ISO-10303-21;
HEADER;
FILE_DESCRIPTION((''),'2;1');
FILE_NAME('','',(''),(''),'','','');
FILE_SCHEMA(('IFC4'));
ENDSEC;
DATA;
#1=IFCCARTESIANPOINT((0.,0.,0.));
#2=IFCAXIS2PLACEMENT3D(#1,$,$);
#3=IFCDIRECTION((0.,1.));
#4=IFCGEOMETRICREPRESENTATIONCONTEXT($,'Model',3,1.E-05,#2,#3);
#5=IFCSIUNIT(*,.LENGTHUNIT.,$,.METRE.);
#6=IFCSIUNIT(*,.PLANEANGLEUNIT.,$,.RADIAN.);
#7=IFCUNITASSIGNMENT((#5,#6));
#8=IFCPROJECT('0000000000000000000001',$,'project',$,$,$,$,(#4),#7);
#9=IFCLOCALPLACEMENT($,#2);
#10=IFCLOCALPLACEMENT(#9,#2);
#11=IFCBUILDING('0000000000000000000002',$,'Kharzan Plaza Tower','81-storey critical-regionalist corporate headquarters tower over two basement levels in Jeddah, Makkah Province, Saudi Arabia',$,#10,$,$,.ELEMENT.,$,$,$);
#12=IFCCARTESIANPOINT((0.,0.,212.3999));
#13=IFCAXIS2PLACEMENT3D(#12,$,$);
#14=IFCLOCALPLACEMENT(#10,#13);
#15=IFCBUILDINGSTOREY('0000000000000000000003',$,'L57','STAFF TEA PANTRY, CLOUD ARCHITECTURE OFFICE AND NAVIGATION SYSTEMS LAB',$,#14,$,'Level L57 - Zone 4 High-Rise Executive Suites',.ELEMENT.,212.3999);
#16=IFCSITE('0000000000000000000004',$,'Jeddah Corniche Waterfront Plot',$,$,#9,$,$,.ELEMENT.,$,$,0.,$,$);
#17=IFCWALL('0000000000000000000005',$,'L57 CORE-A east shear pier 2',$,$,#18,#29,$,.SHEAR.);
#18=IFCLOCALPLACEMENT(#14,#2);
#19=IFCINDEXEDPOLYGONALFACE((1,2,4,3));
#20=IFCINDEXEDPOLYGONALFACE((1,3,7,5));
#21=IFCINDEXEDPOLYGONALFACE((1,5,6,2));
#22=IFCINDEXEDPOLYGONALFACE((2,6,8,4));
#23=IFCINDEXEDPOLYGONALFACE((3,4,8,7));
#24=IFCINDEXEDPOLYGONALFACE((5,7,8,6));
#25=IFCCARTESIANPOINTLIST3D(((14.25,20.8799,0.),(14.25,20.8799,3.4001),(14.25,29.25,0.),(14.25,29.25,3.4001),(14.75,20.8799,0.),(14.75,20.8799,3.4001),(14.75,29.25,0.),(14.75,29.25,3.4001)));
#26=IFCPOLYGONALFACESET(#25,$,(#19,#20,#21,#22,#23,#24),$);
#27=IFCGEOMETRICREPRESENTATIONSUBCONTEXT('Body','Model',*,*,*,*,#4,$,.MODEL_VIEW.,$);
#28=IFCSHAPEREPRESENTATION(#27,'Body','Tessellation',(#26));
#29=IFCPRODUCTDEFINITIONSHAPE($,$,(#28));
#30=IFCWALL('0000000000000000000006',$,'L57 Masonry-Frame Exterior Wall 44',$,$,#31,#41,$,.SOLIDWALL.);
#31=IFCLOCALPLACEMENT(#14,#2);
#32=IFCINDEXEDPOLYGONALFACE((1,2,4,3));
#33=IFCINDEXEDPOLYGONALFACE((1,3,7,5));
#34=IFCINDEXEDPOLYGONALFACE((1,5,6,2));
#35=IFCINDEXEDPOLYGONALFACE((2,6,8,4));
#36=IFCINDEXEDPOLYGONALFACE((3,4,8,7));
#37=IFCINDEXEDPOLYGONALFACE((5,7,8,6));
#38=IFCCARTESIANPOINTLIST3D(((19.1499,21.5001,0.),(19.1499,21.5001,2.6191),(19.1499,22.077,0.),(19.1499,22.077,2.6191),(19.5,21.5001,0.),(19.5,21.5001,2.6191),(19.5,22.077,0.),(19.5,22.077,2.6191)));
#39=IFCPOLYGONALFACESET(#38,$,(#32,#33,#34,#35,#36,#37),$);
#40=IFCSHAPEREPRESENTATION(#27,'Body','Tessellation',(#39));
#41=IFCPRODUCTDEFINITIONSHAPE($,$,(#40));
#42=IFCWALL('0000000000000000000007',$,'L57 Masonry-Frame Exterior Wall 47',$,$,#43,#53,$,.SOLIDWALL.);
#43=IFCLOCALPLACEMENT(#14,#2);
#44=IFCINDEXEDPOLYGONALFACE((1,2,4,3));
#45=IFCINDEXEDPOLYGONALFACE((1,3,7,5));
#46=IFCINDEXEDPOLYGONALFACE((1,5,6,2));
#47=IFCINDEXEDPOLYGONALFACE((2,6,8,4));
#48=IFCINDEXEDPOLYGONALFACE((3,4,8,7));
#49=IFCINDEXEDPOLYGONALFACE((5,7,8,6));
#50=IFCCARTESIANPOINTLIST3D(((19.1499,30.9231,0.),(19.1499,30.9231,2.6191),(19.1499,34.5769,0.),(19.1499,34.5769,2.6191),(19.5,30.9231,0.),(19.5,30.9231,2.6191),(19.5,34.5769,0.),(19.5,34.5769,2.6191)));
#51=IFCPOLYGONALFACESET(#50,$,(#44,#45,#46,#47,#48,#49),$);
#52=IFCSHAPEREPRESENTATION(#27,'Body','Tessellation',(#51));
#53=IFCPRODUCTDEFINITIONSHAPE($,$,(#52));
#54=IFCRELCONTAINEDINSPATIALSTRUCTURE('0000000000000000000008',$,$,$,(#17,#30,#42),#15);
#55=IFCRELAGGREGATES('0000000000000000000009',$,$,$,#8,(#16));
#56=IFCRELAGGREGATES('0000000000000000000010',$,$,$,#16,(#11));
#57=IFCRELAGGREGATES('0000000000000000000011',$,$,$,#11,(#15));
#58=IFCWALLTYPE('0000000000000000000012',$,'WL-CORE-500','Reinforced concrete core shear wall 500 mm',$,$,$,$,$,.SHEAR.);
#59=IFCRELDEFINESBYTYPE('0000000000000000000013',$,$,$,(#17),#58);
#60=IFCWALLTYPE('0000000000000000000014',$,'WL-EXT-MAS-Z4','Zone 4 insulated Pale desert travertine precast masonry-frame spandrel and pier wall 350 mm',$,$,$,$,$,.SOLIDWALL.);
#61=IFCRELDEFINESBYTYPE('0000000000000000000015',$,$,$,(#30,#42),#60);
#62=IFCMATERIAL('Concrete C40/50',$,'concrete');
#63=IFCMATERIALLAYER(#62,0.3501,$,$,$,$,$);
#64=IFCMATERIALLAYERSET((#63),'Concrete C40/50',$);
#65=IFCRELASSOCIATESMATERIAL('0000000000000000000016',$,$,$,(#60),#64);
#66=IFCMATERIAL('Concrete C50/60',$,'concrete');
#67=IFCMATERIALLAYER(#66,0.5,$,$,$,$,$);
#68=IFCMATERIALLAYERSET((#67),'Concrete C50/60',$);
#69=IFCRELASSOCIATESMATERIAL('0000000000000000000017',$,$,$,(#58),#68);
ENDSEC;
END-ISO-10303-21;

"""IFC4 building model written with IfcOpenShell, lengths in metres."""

from ifc_helpers import new_model, si_unit, direction, frame, frame_2d, origin, place, context, subcontext, project, spatial, rectangle, extrude, source, transform, mapped, material, layer, layer_set, type_object, element, save


model = new_model("IFC4")

# Units and contexts
model_context = context("Model", 3, precision=1e-05, world=origin(), true_north=direction((0.0, 1.0)))
body_context = subcontext(model_context, "Body", "Model", "MODEL_VIEW")
ifc_project = project(units=[si_unit("LENGTHUNIT", "METRE"), si_unit("PLANEANGLEUNIT", "RADIAN")], contexts=[model_context])

# Site, building, storey
site_placement = place(None, origin())
site = spatial("IfcSite", under=ifc_project, at=site_placement, Name="Jeddah Corniche Waterfront Plot", CompositionType="ELEMENT", RefElevation=0.0)
building_placement = place(site_placement, origin())
building = spatial("IfcBuilding", under=site, at=building_placement, Name="Kharzan Plaza Tower", Description="81-storey critical-regionalist corporate headquarters tower over two basement levels in Jeddah, Makkah Province, Saudi Arabia", CompositionType="ELEMENT")
storey_placement = place(building_placement, frame((0.0, 0.0, 212.3999)))
storey = spatial("IfcBuildingStorey", under=building, at=storey_placement, Name="L57", Description="STAFF TEA PANTRY, CLOUD ARCHITECTURE OFFICE AND NAVIGATION SYSTEMS LAB", LongName="Level L57 - Zone 4 High-Rise Executive Suites", CompositionType="ELEMENT", Elevation=212.3999)

# Shared definitions
ifc_material_1 = material(Name="Concrete C50/60", Category="concrete")

# Shared definitions
ifc_material_2 = material(Name="Concrete C40/50", Category="concrete")
ifc_layer_1 = layer(ifc_material_2, 0.3501)
ifc_layer_set_1 = layer_set([ifc_layer_1], Name="Concrete C40/50")
wall_type_1 = type_object("IfcWallType", Name="WL-EXT-MAS-Z4", Description="Zone 4 insulated Pale desert travertine precast masonry-frame spandrel and pier wall 350 mm", PredefinedType="SOLIDWALL", material=ifc_layer_set_1)

# Walls
ifc_layer_2 = layer(ifc_material_1, 0.5)
ifc_layer_set_2 = layer_set([ifc_layer_2], Name="Concrete C50/60")
wall_type_2 = type_object("IfcWallType", Name="WL-CORE-500", Description="Reinforced concrete core shear wall 500 mm", PredefinedType="SHEAR", material=ifc_layer_set_2)
shared_shape_1 = source(origin(), body_context, "Body", "SweptSolid", [
    extrude(rectangle(XDim=8.3701, YDim=0.5, at=frame_2d((4.1851, 0.0))), origin(), (0.0, 0.0, 1.0), 3.4001),
])
wall_1_placement = place(storey_placement, frame((14.5, 20.8799, 0.0), z_axis=(0.0, 0.0, 1.0), x_axis=(0.0, 1.0, 0.0)))
element("IfcWall", 1, at=wall_1_placement, inside=storey, type_object=wall_type_2, Name="L57 CORE-A east shear pier 2", PredefinedType="SHEAR", context=body_context, shape_type="MappedRepresentation", body=[
    mapped(shared_shape_1, transform((0.0, 0.0, 0.0), x_axis=(1.0, 0.0, 0.0), y_axis=(0.0, 1.0, 0.0), z_axis=(0.0, 0.0, 1.0))),
])
shared_shape_2 = source(origin(), body_context, "Body", "SweptSolid", [
    extrude(rectangle(XDim=0.5769, YDim=0.3501, at=frame_2d((0.2886, 0.0))), origin(), (0.0, 0.0, 1.0), 2.6191),
])
wall_2_placement = place(storey_placement, frame((19.325, 21.5, 0.0), z_axis=(0.0, 0.0, 1.0), x_axis=(0.0, 1.0, 0.0)))
element("IfcWall", 2, at=wall_2_placement, inside=storey, type_object=wall_type_1, Name="L57 Masonry-Frame Exterior Wall 44", PredefinedType="SOLIDWALL", context=body_context, shape_type="MappedRepresentation", body=[
    mapped(shared_shape_2, transform((0.0, 0.0, 0.0), x_axis=(1.0, 0.0, 0.0), y_axis=(0.0, 1.0, 0.0), z_axis=(0.0, 0.0, 1.0))),
])
shared_shape_3 = source(origin(), body_context, "Body", "SweptSolid", [
    extrude(rectangle(XDim=3.6538, YDim=0.3501, at=frame_2d((1.8269, 0.0))), origin(), (0.0, 0.0, 1.0), 2.6191),
])
wall_3_placement = place(storey_placement, frame((19.325, 30.9231, 0.0), z_axis=(0.0, 0.0, 1.0), x_axis=(0.0, 1.0, 0.0)))
element("IfcWall", 3, at=wall_3_placement, inside=storey, type_object=wall_type_1, Name="L57 Masonry-Frame Exterior Wall 47", PredefinedType="SOLIDWALL", context=body_context, shape_type="MappedRepresentation", body=[
    mapped(shared_shape_3, transform((0.0, 0.0, 0.0), x_axis=(1.0, 0.0, 0.0), y_axis=(0.0, 1.0, 0.0), z_axis=(0.0, 0.0, 1.0))),
])

save(model, "model.ifc")
